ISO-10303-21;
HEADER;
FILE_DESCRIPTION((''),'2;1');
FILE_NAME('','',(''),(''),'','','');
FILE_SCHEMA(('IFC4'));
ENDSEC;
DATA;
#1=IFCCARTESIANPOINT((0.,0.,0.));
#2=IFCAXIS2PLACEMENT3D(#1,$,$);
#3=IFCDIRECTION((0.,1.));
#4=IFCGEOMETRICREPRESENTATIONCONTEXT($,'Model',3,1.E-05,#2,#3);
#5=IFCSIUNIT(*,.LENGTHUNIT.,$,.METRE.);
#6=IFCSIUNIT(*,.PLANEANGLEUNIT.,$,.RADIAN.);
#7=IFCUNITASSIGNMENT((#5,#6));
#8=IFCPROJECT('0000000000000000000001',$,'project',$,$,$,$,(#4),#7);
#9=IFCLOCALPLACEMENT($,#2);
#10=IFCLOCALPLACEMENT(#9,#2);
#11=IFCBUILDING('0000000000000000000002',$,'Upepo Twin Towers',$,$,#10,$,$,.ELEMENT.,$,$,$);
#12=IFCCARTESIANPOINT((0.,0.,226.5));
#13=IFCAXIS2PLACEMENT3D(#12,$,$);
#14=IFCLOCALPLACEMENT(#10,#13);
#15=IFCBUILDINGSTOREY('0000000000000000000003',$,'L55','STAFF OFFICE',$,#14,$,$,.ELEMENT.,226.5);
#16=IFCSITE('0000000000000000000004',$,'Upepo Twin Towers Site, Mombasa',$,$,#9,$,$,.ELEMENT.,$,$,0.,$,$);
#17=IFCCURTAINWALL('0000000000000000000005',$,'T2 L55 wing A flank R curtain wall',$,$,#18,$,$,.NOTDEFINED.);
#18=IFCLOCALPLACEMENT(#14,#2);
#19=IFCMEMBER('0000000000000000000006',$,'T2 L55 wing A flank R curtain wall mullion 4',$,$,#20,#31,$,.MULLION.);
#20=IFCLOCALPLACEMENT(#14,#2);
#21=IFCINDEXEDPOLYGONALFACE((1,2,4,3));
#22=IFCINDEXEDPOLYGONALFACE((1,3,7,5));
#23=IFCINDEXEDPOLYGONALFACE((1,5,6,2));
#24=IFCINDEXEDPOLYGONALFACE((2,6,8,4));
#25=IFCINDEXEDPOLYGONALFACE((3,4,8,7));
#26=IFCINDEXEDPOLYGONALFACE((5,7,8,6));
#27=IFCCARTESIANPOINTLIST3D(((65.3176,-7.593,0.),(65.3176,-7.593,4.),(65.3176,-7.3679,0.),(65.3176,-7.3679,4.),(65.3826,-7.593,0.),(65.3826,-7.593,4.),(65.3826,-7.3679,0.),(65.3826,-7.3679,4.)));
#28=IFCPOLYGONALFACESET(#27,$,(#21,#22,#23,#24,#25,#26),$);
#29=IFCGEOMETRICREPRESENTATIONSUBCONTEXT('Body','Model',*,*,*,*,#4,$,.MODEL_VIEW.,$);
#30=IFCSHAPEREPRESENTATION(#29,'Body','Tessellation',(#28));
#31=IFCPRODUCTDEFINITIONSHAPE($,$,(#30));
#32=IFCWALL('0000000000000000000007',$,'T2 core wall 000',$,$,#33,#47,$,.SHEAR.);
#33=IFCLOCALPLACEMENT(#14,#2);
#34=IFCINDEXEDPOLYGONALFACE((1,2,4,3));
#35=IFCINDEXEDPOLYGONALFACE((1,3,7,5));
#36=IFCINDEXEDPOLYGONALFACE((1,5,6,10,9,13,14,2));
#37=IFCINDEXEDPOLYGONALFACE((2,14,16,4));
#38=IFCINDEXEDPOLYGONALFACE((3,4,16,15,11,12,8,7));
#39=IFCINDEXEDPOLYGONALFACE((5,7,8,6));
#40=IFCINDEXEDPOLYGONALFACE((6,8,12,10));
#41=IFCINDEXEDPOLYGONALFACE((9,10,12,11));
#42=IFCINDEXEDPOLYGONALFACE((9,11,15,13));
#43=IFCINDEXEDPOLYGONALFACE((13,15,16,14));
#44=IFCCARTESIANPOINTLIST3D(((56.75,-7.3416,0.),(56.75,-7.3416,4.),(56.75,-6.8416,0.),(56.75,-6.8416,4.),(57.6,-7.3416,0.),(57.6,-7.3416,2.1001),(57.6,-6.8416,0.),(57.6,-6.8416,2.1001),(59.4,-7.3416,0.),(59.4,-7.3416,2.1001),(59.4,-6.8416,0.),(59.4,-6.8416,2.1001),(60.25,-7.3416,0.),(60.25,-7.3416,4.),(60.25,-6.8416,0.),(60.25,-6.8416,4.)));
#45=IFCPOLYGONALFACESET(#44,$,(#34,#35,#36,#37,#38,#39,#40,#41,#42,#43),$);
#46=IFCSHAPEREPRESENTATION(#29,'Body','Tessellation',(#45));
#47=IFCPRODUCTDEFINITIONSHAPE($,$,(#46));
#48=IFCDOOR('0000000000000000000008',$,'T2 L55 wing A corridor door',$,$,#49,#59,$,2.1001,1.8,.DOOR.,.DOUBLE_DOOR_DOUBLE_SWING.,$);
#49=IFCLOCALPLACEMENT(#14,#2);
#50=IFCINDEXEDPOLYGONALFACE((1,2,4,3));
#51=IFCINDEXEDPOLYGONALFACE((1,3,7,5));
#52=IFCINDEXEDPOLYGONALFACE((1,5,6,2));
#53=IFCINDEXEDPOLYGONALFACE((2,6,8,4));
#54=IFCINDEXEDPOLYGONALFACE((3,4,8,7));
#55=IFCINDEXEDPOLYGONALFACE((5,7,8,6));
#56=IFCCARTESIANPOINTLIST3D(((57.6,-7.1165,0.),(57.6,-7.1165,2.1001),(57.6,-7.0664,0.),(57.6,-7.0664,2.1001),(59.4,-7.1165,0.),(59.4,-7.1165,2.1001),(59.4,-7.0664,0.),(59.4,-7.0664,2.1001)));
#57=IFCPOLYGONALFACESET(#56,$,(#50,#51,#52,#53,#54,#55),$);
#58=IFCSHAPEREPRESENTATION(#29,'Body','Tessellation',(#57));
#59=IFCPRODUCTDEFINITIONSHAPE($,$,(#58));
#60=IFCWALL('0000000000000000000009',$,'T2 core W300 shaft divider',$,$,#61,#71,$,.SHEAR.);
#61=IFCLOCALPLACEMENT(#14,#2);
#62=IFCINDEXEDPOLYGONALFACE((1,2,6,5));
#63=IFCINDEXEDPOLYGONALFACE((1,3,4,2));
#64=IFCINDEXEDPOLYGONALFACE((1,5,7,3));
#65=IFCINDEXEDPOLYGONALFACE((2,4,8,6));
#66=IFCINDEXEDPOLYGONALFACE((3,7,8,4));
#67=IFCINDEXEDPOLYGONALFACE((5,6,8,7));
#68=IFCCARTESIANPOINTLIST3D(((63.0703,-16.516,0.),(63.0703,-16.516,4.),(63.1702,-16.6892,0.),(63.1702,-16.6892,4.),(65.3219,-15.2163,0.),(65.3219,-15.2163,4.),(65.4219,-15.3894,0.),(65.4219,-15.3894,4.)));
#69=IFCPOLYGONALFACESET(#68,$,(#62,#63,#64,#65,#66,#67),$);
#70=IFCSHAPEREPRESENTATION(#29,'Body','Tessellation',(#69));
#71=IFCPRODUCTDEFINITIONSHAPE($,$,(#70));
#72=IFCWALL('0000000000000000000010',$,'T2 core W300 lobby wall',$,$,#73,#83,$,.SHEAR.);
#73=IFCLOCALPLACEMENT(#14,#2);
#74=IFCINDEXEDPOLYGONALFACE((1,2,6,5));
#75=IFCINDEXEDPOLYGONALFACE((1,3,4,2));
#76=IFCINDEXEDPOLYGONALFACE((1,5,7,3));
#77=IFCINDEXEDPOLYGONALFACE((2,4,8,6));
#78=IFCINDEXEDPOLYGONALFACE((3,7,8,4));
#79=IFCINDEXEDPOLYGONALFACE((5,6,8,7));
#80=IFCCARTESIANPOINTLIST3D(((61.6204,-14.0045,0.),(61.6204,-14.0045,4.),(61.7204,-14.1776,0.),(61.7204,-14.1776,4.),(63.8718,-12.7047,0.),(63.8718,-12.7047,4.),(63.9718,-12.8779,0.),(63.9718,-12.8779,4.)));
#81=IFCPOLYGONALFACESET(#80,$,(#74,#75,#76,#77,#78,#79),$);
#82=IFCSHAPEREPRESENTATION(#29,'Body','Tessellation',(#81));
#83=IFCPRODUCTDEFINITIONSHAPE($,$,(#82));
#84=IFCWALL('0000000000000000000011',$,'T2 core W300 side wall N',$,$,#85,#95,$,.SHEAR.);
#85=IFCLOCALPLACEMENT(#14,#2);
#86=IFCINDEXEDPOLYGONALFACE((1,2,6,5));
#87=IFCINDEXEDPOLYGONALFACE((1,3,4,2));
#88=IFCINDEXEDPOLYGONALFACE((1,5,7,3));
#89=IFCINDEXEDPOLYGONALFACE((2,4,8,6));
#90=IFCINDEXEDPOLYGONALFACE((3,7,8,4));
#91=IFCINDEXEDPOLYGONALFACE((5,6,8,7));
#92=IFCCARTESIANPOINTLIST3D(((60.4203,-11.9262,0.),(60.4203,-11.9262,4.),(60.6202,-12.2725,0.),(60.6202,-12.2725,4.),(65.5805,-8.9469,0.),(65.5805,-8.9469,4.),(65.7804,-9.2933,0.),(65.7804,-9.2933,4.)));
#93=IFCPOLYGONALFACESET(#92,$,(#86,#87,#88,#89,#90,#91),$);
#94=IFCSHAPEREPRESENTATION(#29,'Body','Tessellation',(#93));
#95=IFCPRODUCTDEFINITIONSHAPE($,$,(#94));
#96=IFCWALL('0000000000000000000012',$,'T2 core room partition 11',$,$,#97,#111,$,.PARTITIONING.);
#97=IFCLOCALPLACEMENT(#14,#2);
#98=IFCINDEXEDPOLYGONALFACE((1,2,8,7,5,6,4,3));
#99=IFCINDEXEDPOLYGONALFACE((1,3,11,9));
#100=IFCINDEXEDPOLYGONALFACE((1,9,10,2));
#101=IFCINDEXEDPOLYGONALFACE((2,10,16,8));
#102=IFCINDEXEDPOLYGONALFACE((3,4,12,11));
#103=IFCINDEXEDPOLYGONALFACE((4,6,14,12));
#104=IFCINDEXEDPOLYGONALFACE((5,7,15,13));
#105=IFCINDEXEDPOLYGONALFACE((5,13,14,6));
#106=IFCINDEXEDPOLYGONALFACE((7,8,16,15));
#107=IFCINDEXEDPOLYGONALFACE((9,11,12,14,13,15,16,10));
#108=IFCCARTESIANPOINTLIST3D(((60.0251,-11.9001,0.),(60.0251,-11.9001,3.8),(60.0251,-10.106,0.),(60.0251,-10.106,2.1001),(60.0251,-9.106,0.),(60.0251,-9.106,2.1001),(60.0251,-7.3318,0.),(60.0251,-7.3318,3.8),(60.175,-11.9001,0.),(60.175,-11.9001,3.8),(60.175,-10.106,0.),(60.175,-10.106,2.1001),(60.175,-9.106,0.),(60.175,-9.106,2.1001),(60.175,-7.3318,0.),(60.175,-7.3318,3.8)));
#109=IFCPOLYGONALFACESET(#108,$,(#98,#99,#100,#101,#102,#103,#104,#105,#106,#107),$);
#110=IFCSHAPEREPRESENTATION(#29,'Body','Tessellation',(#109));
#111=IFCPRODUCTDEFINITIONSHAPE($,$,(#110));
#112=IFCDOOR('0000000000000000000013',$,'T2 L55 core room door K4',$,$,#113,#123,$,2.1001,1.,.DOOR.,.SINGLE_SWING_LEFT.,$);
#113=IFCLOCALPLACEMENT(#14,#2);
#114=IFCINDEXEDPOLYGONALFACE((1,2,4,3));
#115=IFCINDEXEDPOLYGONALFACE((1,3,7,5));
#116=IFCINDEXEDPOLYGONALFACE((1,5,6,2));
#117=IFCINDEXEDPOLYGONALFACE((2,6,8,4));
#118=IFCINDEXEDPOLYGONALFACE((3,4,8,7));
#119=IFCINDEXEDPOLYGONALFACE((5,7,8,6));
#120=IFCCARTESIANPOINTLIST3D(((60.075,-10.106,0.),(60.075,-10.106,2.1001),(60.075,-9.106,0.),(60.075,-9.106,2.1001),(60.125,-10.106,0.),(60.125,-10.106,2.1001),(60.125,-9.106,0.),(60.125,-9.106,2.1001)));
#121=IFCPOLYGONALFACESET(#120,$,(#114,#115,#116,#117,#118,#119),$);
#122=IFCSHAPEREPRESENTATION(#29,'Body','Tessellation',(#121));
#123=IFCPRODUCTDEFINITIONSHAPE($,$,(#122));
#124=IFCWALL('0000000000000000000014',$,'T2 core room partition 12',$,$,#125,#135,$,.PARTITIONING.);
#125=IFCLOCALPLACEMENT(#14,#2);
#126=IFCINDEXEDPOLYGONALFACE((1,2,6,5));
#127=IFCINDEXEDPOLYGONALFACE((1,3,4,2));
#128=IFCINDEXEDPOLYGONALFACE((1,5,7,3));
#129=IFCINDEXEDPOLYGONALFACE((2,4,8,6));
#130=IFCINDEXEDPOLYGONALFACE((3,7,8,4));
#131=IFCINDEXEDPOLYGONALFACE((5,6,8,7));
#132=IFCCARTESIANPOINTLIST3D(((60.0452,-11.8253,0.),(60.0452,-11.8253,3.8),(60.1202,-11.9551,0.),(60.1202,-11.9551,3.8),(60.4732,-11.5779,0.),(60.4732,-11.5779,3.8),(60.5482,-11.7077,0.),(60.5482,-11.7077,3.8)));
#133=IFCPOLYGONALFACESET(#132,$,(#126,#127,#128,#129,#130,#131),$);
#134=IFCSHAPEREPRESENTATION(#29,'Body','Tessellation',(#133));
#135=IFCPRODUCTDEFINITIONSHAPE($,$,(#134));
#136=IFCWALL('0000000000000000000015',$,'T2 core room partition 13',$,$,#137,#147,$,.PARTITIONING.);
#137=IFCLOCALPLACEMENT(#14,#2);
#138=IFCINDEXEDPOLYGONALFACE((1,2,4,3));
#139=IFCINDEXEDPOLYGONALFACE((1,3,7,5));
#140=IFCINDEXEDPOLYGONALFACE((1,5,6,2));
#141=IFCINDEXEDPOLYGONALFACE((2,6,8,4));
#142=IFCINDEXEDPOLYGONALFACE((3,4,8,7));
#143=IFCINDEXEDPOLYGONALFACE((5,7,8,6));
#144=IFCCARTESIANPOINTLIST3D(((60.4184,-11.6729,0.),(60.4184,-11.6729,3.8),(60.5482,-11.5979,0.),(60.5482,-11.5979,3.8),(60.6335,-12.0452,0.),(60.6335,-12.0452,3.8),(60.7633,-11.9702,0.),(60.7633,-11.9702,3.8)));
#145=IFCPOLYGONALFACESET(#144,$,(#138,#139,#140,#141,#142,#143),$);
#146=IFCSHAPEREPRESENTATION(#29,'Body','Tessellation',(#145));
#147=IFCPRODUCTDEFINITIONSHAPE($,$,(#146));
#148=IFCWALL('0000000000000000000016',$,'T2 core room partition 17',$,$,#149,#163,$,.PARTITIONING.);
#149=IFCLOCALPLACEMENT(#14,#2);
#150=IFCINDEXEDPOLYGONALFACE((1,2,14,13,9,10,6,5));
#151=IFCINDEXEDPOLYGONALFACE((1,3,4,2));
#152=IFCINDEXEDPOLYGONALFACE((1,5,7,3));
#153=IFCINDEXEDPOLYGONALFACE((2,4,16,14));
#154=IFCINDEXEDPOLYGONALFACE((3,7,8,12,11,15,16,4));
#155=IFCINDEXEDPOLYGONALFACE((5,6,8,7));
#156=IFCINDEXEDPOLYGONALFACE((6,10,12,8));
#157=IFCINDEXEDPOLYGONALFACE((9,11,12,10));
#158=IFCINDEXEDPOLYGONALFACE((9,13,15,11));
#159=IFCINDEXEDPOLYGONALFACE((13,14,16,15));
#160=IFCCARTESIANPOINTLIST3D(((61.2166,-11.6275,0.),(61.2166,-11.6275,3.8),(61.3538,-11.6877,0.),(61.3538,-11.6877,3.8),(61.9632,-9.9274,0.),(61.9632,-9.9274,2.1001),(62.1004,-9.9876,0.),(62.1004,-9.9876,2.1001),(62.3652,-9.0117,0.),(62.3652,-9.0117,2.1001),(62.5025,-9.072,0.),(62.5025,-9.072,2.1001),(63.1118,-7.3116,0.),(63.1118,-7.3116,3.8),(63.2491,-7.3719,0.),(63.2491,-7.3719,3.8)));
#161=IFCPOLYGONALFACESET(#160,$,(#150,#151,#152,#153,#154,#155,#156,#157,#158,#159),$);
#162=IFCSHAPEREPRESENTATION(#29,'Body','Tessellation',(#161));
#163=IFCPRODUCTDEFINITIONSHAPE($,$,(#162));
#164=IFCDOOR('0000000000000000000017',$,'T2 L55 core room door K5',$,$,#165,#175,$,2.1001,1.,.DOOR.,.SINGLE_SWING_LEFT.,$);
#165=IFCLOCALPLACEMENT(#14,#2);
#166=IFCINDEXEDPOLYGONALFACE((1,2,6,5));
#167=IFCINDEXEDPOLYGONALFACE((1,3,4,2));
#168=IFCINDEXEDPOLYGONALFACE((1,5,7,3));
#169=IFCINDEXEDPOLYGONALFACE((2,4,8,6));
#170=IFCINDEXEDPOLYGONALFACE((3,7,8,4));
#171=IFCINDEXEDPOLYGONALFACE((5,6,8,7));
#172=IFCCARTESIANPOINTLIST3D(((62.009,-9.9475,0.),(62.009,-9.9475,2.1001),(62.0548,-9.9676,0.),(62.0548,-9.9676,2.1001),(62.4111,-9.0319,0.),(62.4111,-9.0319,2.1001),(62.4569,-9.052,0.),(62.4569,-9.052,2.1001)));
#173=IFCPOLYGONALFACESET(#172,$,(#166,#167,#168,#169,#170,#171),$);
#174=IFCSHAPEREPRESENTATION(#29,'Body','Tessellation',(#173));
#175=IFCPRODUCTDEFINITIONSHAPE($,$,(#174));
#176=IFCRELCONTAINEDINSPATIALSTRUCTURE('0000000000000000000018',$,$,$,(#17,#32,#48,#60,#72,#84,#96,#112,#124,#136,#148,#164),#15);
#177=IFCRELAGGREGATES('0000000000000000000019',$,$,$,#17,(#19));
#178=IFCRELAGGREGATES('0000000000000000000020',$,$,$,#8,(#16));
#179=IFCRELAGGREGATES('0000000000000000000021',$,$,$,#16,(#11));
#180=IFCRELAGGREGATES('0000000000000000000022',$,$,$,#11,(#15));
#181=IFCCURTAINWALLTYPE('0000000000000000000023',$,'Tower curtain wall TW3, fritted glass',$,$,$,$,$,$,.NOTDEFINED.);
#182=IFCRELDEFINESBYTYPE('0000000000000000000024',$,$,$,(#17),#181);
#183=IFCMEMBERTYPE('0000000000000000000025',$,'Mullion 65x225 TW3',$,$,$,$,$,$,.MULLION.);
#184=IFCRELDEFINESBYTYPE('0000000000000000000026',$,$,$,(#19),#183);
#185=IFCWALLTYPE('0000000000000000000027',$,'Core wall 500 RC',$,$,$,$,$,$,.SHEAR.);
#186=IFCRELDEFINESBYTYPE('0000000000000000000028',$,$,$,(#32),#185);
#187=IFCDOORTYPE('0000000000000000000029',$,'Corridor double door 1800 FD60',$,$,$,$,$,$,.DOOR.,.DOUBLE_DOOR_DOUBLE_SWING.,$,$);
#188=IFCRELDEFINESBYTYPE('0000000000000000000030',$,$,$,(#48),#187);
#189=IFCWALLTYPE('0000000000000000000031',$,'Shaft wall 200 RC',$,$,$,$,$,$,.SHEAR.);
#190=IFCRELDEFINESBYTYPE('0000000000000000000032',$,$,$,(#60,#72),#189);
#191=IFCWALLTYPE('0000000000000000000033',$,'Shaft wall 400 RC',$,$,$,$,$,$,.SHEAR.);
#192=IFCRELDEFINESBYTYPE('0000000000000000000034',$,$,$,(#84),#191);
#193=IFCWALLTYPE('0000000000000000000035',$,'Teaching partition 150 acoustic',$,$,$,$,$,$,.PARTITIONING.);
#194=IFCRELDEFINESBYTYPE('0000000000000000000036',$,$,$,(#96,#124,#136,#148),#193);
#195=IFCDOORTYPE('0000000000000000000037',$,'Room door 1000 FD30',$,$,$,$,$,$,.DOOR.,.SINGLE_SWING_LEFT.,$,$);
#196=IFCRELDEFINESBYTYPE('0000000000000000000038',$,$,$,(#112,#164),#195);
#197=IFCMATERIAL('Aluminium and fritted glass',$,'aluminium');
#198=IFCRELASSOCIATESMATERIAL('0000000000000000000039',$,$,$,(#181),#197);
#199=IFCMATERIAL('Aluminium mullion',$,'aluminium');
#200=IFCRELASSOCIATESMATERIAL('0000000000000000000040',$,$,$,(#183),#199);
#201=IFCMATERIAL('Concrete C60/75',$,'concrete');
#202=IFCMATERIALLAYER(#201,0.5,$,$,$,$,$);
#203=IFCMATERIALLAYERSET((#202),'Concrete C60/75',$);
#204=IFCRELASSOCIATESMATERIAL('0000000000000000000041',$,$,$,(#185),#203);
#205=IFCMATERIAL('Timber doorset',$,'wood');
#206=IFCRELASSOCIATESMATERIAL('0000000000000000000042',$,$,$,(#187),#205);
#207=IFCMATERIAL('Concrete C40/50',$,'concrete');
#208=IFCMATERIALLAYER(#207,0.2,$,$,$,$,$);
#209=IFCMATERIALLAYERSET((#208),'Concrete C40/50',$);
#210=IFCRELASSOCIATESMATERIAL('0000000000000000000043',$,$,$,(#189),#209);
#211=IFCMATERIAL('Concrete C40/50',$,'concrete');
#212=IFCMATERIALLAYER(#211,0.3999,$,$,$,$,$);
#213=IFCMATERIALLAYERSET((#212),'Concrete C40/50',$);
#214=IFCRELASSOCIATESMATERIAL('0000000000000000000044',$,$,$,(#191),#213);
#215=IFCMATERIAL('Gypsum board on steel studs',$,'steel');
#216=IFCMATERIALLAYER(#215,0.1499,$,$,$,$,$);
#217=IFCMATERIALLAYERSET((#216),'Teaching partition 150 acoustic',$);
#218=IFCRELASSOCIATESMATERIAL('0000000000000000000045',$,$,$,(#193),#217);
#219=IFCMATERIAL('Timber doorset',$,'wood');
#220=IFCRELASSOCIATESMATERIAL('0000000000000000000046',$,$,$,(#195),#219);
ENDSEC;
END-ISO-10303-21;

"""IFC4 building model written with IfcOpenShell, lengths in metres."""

from ifc_helpers import new_model, si_unit, direction, frame, frame_2d, origin, origin_2d, place, context, subcontext, project, spatial, rectangle, extrude, material, layer, layer_set, material_profile, profile_set, type_object, element, fill, aggregate, save


model = new_model("IFC4")

# Units and contexts
model_context = context("Model", 3, precision=1e-05, world=origin(), true_north=direction((0.0, 1.0)))
body_context = subcontext(model_context, "Body", "Model", "MODEL_VIEW")
ifc_project = project(units=[si_unit("LENGTHUNIT", "METRE"), si_unit("PLANEANGLEUNIT", "RADIAN")], contexts=[model_context])

# Site, building, storey
site_placement = place(None, origin())
site = spatial("IfcSite", under=ifc_project, at=site_placement, Name="Upepo Twin Towers Site, Mombasa", CompositionType="ELEMENT", RefElevation=0.0)
building_placement = place(site_placement, origin())
building = spatial("IfcBuilding", under=site, at=building_placement, Name="Upepo Twin Towers", CompositionType="ELEMENT")
storey_placement = place(building_placement, frame((0.0, 0.0, 226.5)))
storey = spatial("IfcBuildingStorey", under=building, at=storey_placement, Name="L55", Description="STAFF OFFICE", CompositionType="ELEMENT", Elevation=226.5)

# Curtain wall, member
ifc_material_1 = material(Name="Aluminium and fritted glass", Category="aluminium")
curtain_wall_type = type_object("IfcCurtainWallType", Name="Tower curtain wall TW3, fritted glass", PredefinedType="NOTDEFINED", material=ifc_material_1)
curtain_wall_placement = place(storey_placement, origin())
curtain_wall = element("IfcCurtainWall", 1, at=curtain_wall_placement, inside=storey, type_object=curtain_wall_type, Name="T2 L55 wing A flank R curtain wall", PredefinedType="NOTDEFINED")
ifc_material_2 = material(Name="Aluminium mullion", Category="aluminium")
ifc_material_profile = material_profile(ifc_material_2, rectangle(XDim=0.0649, YDim=0.2251, at=origin_2d()), Name="MULLION 65x225")
ifc_profile_set = profile_set([ifc_material_profile], Name="Aluminium mullion")
member_type = type_object("IfcMemberType", Name="Mullion 65x225 TW3", PredefinedType="MULLION", material=ifc_profile_set)
member_placement = place(storey_placement, frame((65.3501, -7.4805, 0.0), z_axis=(0.0, 0.0, 1.0), x_axis=(1.0, 0.0, 0.0)))
member = element("IfcMember", 2, at=member_placement, type_object=member_type, Name="T2 L55 wing A flank R curtain wall mullion 4", PredefinedType="MULLION", context=body_context, shape_type="SweptSolid", body=[
    extrude(rectangle(XDim=0.0649, YDim=0.2251, at=origin_2d()), origin(), (0.0, 0.0, 1.0), 4.0),
])
aggregate(curtain_wall, [member])

# Wall, opening, door
ifc_material_3 = material(Name="Concrete C60/75", Category="concrete")
ifc_layer_1 = layer(ifc_material_3, 0.5)
ifc_layer_set_1 = layer_set([ifc_layer_1], Name="Concrete C60/75")
wall_type_1 = type_object("IfcWallType", Name="Core wall 500 RC", PredefinedType="SHEAR", material=ifc_layer_set_1)
wall_1_placement = place(storey_placement, frame((60.25, -7.0916, 0.0), z_axis=(0.0, 0.0, 1.0), x_axis=(-1.0, 0.0, 0.0)))
wall_1 = element("IfcWall", 3, at=wall_1_placement, inside=storey, type_object=wall_type_1, Name="T2 core wall 000", PredefinedType="SHEAR", context=body_context, shape_type="SweptSolid", body=[
    extrude(rectangle(XDim=3.5, YDim=0.5, at=frame_2d((1.75, 0.0))), origin(), (0.0, 0.0, 1.0), 4.0),
])
opening_1_placement = place(wall_1_placement, frame((0.8501, 0.0, 0.0)))
opening_1 = element("IfcOpeningElement", 4, at=opening_1_placement, cuts=wall_1, PredefinedType="OPENING", context=body_context, shape_type="SweptSolid", body=[
    extrude(rectangle(XDim=1.8, YDim=2.1001, at=frame_2d((0.8999, 1.05))), frame((0.0, 0.26, 0.0), z_axis=(0.0, -1.0, 0.0), x_axis=(1.0, 0.0, 0.0)), (0.0, 0.0, 1.0), 0.52),
])
ifc_material_4 = material(Name="Timber doorset", Category="wood")
door_type_1 = type_object("IfcDoorType", Name="Corridor double door 1800 FD60", OperationType="DOUBLE_DOOR_DOUBLE_SWING", PredefinedType="DOOR", material=ifc_material_4)
door_1_placement = place(opening_1_placement, origin())
door_1 = element("IfcDoor", 5, at=door_1_placement, inside=storey, type_object=door_type_1, Name="T2 L55 wing A corridor door", OperationType="DOUBLE_DOOR_DOUBLE_SWING", OverallHeight=2.1001, OverallWidth=1.8, PredefinedType="DOOR", context=body_context, shape_type="SweptSolid", body=[
    extrude(rectangle(XDim=1.8, YDim=2.1001, at=frame_2d((0.8999, 1.05))), frame((0.0, 0.0249, 0.0), z_axis=(0.0, -1.0, 0.0), x_axis=(1.0, 0.0, 0.0)), (0.0, 0.0, 1.0), 0.05),
])
fill(opening_1, door_1)

# Walls
ifc_material_5 = material(Name="Concrete C40/50", Category="concrete")
ifc_layer_2 = layer(ifc_material_5, 0.2)
ifc_layer_set_2 = layer_set([ifc_layer_2], Name="Concrete C40/50")
wall_type_2 = type_object("IfcWallType", Name="Shaft wall 200 RC", PredefinedType="SHEAR", material=ifc_layer_set_2)
wall_2_placement = place(storey_placement, frame((63.1204, -16.6025, 0.0), z_axis=(0.0, 0.0, 1.0), x_axis=(0.866062, 0.499937, 0.0)))
element("IfcWall", 6, at=wall_2_placement, inside=storey, type_object=wall_type_2, Name="T2 core W300 shaft divider", PredefinedType="SHEAR", context=body_context, shape_type="SweptSolid", body=[
    extrude(rectangle(XDim=2.5999, YDim=0.2, at=frame_2d((1.2998, 0.0))), origin(), (0.0, 0.0, 1.0), 4.0),
])
wall_3_placement = place(storey_placement, frame((61.6704, -14.0911, 0.0), z_axis=(0.0, 0.0, 1.0), x_axis=(0.866039, 0.499977, 0.0)))
element("IfcWall", 7, at=wall_3_placement, inside=storey, type_object=wall_type_2, Name="T2 core W300 lobby wall", PredefinedType="SHEAR", context=body_context, shape_type="SweptSolid", body=[
    extrude(rectangle(XDim=2.5996, YDim=0.2, at=frame_2d((1.2998, 0.0))), origin(), (0.0, 0.0, 1.0), 4.0),
])
ifc_material_6 = material(Name="Concrete C40/50", Category="concrete")
ifc_layer_3 = layer(ifc_material_6, 0.3999)
ifc_layer_set_3 = layer_set([ifc_layer_3], Name="Concrete C40/50")
wall_type_3 = type_object("IfcWallType", Name="Shaft wall 400 RC", PredefinedType="SHEAR", material=ifc_layer_set_3)
wall_4_placement = place(storey_placement, frame((60.5203, -12.0994, 0.0), z_axis=(0.0, 0.0, 1.0), x_axis=(0.866023, 0.500004, 0.0)))
element("IfcWall", 8, at=wall_4_placement, inside=storey, type_object=wall_type_3, Name="T2 core W300 side wall N", PredefinedType="SHEAR", context=body_context, shape_type="SweptSolid", body=[
    extrude(rectangle(XDim=5.9585, YDim=0.3999, at=frame_2d((2.9792, 0.0))), origin(), (0.0, 0.0, 1.0), 4.0),
])

# Wall, opening, door
ifc_material_7 = material(Name="Gypsum board on steel studs", Category="steel")
ifc_layer_4 = layer(ifc_material_7, 0.1499)
ifc_layer_set_4 = layer_set([ifc_layer_4], Name="Teaching partition 150 acoustic")
wall_type_4 = type_object("IfcWallType", Name="Teaching partition 150 acoustic", PredefinedType="PARTITIONING", material=ifc_layer_set_4)
wall_5_placement = place(storey_placement, frame((60.1001, -7.3318, 0.0), z_axis=(0.0, 0.0, 1.0), x_axis=(0.0, -1.0, 0.0)))
wall_5 = element("IfcWall", 9, at=wall_5_placement, inside=storey, type_object=wall_type_4, Name="T2 core room partition 11", PredefinedType="PARTITIONING", context=body_context, shape_type="SweptSolid", body=[
    extrude(rectangle(XDim=4.5684, YDim=0.1499, at=frame_2d((2.2842, 0.0))), origin(), (0.0, 0.0, 1.0), 3.8),
])
opening_2_placement = place(wall_5_placement, frame((1.7742, 0.0, 0.0)))
opening_2 = element("IfcOpeningElement", 10, at=opening_2_placement, cuts=wall_5, PredefinedType="OPENING", context=body_context, shape_type="SweptSolid", body=[
    extrude(rectangle(XDim=1.0, YDim=2.1001, at=frame_2d((0.5, 1.05))), frame((0.0, 0.085, 0.0), z_axis=(0.0, -1.0, 0.0), x_axis=(1.0, 0.0, 0.0)), (0.0, 0.0, 1.0), 0.1699),
])
ifc_material_8 = material(Name="Timber doorset", Category="wood")
door_type_2 = type_object("IfcDoorType", Name="Room door 1000 FD30", OperationType="SINGLE_SWING_LEFT", PredefinedType="DOOR", material=ifc_material_8)
door_2_placement = place(opening_2_placement, origin())
door_2 = element("IfcDoor", 11, at=door_2_placement, inside=storey, type_object=door_type_2, Name="T2 L55 core room door K4", OperationType="SINGLE_SWING_LEFT", OverallHeight=2.1001, OverallWidth=1.0, PredefinedType="DOOR", context=body_context, shape_type="SweptSolid", body=[
    extrude(rectangle(XDim=1.0, YDim=2.1001, at=frame_2d((0.5, 1.05))), frame((0.0, 0.0249, 0.0), z_axis=(0.0, -1.0, 0.0), x_axis=(1.0, 0.0, 0.0)), (0.0, 0.0, 1.0), 0.05),
])
fill(opening_2, door_2)

# Walls
wall_6_placement = place(storey_placement, frame((60.0828, -11.8901, 0.0), z_axis=(0.0, 0.0, 1.0), x_axis=(0.865832, 0.500335, 0.0)))
element("IfcWall", 12, at=wall_6_placement, inside=storey, type_object=wall_type_4, Name="T2 core room partition 12", PredefinedType="PARTITIONING", context=body_context, shape_type="SweptSolid", body=[
    extrude(rectangle(XDim=0.4944, YDim=0.1499, at=frame_2d((0.2471, 0.0))), origin(), (0.0, 0.0, 1.0), 3.8),
])
wall_7_placement = place(storey_placement, frame((60.4834, -11.6355, 0.0), z_axis=(0.0, 0.0, 1.0), x_axis=(0.50023, -0.865892, 0.0)))
element("IfcWall", 13, at=wall_7_placement, inside=storey, type_object=wall_type_4, Name="T2 core room partition 13", PredefinedType="PARTITIONING", context=body_context, shape_type="SweptSolid", body=[
    extrude(rectangle(XDim=0.4299, YDim=0.1499, at=frame_2d((0.2148, 0.0))), origin(), (0.0, 0.0, 1.0), 3.8),
])

# Wall, opening, door
wall_8_placement = place(storey_placement, frame((61.2852, -11.6577, 0.0), z_axis=(0.0, 0.0, 1.0), x_axis=(0.402074, 0.915607, 0.0)))
wall_8 = element("IfcWall", 14, at=wall_8_placement, inside=storey, type_object=wall_type_4, Name="T2 core room partition 17", PredefinedType="PARTITIONING", context=body_context, shape_type="SweptSolid", body=[
    extrude(rectangle(XDim=4.7136, YDim=0.1499, at=frame_2d((2.3569, 0.0))), origin(), (0.0, 0.0, 1.0), 3.8),
])
opening_3_placement = place(wall_8_placement, frame((1.8569, 0.0, 0.0)))
opening_3 = element("IfcOpeningElement", 15, at=opening_3_placement, cuts=wall_8, PredefinedType="OPENING", context=body_context, shape_type="SweptSolid", body=[
    extrude(rectangle(XDim=1.0, YDim=2.1001, at=frame_2d((0.5, 1.05))), frame((0.0, 0.085, 0.0), z_axis=(0.0, -1.0, 0.0), x_axis=(1.0, 0.0, 0.0)), (0.0, 0.0, 1.0), 0.1699),
])
door_3_placement = place(opening_3_placement, origin())
door_3 = element("IfcDoor", 16, at=door_3_placement, inside=storey, type_object=door_type_2, Name="T2 L55 core room door K5", OperationType="SINGLE_SWING_LEFT", OverallHeight=2.1001, OverallWidth=1.0, PredefinedType="DOOR", context=body_context, shape_type="SweptSolid", body=[
    extrude(rectangle(XDim=1.0, YDim=2.1001, at=frame_2d((0.5, 1.05))), frame((0.0, 0.0249, 0.0), z_axis=(0.0, -1.0, 0.0), x_axis=(1.0, 0.0, 0.0)), (0.0, 0.0, 1.0), 0.05),
])
fill(opening_3, door_3)

save(model, "model.ifc")
